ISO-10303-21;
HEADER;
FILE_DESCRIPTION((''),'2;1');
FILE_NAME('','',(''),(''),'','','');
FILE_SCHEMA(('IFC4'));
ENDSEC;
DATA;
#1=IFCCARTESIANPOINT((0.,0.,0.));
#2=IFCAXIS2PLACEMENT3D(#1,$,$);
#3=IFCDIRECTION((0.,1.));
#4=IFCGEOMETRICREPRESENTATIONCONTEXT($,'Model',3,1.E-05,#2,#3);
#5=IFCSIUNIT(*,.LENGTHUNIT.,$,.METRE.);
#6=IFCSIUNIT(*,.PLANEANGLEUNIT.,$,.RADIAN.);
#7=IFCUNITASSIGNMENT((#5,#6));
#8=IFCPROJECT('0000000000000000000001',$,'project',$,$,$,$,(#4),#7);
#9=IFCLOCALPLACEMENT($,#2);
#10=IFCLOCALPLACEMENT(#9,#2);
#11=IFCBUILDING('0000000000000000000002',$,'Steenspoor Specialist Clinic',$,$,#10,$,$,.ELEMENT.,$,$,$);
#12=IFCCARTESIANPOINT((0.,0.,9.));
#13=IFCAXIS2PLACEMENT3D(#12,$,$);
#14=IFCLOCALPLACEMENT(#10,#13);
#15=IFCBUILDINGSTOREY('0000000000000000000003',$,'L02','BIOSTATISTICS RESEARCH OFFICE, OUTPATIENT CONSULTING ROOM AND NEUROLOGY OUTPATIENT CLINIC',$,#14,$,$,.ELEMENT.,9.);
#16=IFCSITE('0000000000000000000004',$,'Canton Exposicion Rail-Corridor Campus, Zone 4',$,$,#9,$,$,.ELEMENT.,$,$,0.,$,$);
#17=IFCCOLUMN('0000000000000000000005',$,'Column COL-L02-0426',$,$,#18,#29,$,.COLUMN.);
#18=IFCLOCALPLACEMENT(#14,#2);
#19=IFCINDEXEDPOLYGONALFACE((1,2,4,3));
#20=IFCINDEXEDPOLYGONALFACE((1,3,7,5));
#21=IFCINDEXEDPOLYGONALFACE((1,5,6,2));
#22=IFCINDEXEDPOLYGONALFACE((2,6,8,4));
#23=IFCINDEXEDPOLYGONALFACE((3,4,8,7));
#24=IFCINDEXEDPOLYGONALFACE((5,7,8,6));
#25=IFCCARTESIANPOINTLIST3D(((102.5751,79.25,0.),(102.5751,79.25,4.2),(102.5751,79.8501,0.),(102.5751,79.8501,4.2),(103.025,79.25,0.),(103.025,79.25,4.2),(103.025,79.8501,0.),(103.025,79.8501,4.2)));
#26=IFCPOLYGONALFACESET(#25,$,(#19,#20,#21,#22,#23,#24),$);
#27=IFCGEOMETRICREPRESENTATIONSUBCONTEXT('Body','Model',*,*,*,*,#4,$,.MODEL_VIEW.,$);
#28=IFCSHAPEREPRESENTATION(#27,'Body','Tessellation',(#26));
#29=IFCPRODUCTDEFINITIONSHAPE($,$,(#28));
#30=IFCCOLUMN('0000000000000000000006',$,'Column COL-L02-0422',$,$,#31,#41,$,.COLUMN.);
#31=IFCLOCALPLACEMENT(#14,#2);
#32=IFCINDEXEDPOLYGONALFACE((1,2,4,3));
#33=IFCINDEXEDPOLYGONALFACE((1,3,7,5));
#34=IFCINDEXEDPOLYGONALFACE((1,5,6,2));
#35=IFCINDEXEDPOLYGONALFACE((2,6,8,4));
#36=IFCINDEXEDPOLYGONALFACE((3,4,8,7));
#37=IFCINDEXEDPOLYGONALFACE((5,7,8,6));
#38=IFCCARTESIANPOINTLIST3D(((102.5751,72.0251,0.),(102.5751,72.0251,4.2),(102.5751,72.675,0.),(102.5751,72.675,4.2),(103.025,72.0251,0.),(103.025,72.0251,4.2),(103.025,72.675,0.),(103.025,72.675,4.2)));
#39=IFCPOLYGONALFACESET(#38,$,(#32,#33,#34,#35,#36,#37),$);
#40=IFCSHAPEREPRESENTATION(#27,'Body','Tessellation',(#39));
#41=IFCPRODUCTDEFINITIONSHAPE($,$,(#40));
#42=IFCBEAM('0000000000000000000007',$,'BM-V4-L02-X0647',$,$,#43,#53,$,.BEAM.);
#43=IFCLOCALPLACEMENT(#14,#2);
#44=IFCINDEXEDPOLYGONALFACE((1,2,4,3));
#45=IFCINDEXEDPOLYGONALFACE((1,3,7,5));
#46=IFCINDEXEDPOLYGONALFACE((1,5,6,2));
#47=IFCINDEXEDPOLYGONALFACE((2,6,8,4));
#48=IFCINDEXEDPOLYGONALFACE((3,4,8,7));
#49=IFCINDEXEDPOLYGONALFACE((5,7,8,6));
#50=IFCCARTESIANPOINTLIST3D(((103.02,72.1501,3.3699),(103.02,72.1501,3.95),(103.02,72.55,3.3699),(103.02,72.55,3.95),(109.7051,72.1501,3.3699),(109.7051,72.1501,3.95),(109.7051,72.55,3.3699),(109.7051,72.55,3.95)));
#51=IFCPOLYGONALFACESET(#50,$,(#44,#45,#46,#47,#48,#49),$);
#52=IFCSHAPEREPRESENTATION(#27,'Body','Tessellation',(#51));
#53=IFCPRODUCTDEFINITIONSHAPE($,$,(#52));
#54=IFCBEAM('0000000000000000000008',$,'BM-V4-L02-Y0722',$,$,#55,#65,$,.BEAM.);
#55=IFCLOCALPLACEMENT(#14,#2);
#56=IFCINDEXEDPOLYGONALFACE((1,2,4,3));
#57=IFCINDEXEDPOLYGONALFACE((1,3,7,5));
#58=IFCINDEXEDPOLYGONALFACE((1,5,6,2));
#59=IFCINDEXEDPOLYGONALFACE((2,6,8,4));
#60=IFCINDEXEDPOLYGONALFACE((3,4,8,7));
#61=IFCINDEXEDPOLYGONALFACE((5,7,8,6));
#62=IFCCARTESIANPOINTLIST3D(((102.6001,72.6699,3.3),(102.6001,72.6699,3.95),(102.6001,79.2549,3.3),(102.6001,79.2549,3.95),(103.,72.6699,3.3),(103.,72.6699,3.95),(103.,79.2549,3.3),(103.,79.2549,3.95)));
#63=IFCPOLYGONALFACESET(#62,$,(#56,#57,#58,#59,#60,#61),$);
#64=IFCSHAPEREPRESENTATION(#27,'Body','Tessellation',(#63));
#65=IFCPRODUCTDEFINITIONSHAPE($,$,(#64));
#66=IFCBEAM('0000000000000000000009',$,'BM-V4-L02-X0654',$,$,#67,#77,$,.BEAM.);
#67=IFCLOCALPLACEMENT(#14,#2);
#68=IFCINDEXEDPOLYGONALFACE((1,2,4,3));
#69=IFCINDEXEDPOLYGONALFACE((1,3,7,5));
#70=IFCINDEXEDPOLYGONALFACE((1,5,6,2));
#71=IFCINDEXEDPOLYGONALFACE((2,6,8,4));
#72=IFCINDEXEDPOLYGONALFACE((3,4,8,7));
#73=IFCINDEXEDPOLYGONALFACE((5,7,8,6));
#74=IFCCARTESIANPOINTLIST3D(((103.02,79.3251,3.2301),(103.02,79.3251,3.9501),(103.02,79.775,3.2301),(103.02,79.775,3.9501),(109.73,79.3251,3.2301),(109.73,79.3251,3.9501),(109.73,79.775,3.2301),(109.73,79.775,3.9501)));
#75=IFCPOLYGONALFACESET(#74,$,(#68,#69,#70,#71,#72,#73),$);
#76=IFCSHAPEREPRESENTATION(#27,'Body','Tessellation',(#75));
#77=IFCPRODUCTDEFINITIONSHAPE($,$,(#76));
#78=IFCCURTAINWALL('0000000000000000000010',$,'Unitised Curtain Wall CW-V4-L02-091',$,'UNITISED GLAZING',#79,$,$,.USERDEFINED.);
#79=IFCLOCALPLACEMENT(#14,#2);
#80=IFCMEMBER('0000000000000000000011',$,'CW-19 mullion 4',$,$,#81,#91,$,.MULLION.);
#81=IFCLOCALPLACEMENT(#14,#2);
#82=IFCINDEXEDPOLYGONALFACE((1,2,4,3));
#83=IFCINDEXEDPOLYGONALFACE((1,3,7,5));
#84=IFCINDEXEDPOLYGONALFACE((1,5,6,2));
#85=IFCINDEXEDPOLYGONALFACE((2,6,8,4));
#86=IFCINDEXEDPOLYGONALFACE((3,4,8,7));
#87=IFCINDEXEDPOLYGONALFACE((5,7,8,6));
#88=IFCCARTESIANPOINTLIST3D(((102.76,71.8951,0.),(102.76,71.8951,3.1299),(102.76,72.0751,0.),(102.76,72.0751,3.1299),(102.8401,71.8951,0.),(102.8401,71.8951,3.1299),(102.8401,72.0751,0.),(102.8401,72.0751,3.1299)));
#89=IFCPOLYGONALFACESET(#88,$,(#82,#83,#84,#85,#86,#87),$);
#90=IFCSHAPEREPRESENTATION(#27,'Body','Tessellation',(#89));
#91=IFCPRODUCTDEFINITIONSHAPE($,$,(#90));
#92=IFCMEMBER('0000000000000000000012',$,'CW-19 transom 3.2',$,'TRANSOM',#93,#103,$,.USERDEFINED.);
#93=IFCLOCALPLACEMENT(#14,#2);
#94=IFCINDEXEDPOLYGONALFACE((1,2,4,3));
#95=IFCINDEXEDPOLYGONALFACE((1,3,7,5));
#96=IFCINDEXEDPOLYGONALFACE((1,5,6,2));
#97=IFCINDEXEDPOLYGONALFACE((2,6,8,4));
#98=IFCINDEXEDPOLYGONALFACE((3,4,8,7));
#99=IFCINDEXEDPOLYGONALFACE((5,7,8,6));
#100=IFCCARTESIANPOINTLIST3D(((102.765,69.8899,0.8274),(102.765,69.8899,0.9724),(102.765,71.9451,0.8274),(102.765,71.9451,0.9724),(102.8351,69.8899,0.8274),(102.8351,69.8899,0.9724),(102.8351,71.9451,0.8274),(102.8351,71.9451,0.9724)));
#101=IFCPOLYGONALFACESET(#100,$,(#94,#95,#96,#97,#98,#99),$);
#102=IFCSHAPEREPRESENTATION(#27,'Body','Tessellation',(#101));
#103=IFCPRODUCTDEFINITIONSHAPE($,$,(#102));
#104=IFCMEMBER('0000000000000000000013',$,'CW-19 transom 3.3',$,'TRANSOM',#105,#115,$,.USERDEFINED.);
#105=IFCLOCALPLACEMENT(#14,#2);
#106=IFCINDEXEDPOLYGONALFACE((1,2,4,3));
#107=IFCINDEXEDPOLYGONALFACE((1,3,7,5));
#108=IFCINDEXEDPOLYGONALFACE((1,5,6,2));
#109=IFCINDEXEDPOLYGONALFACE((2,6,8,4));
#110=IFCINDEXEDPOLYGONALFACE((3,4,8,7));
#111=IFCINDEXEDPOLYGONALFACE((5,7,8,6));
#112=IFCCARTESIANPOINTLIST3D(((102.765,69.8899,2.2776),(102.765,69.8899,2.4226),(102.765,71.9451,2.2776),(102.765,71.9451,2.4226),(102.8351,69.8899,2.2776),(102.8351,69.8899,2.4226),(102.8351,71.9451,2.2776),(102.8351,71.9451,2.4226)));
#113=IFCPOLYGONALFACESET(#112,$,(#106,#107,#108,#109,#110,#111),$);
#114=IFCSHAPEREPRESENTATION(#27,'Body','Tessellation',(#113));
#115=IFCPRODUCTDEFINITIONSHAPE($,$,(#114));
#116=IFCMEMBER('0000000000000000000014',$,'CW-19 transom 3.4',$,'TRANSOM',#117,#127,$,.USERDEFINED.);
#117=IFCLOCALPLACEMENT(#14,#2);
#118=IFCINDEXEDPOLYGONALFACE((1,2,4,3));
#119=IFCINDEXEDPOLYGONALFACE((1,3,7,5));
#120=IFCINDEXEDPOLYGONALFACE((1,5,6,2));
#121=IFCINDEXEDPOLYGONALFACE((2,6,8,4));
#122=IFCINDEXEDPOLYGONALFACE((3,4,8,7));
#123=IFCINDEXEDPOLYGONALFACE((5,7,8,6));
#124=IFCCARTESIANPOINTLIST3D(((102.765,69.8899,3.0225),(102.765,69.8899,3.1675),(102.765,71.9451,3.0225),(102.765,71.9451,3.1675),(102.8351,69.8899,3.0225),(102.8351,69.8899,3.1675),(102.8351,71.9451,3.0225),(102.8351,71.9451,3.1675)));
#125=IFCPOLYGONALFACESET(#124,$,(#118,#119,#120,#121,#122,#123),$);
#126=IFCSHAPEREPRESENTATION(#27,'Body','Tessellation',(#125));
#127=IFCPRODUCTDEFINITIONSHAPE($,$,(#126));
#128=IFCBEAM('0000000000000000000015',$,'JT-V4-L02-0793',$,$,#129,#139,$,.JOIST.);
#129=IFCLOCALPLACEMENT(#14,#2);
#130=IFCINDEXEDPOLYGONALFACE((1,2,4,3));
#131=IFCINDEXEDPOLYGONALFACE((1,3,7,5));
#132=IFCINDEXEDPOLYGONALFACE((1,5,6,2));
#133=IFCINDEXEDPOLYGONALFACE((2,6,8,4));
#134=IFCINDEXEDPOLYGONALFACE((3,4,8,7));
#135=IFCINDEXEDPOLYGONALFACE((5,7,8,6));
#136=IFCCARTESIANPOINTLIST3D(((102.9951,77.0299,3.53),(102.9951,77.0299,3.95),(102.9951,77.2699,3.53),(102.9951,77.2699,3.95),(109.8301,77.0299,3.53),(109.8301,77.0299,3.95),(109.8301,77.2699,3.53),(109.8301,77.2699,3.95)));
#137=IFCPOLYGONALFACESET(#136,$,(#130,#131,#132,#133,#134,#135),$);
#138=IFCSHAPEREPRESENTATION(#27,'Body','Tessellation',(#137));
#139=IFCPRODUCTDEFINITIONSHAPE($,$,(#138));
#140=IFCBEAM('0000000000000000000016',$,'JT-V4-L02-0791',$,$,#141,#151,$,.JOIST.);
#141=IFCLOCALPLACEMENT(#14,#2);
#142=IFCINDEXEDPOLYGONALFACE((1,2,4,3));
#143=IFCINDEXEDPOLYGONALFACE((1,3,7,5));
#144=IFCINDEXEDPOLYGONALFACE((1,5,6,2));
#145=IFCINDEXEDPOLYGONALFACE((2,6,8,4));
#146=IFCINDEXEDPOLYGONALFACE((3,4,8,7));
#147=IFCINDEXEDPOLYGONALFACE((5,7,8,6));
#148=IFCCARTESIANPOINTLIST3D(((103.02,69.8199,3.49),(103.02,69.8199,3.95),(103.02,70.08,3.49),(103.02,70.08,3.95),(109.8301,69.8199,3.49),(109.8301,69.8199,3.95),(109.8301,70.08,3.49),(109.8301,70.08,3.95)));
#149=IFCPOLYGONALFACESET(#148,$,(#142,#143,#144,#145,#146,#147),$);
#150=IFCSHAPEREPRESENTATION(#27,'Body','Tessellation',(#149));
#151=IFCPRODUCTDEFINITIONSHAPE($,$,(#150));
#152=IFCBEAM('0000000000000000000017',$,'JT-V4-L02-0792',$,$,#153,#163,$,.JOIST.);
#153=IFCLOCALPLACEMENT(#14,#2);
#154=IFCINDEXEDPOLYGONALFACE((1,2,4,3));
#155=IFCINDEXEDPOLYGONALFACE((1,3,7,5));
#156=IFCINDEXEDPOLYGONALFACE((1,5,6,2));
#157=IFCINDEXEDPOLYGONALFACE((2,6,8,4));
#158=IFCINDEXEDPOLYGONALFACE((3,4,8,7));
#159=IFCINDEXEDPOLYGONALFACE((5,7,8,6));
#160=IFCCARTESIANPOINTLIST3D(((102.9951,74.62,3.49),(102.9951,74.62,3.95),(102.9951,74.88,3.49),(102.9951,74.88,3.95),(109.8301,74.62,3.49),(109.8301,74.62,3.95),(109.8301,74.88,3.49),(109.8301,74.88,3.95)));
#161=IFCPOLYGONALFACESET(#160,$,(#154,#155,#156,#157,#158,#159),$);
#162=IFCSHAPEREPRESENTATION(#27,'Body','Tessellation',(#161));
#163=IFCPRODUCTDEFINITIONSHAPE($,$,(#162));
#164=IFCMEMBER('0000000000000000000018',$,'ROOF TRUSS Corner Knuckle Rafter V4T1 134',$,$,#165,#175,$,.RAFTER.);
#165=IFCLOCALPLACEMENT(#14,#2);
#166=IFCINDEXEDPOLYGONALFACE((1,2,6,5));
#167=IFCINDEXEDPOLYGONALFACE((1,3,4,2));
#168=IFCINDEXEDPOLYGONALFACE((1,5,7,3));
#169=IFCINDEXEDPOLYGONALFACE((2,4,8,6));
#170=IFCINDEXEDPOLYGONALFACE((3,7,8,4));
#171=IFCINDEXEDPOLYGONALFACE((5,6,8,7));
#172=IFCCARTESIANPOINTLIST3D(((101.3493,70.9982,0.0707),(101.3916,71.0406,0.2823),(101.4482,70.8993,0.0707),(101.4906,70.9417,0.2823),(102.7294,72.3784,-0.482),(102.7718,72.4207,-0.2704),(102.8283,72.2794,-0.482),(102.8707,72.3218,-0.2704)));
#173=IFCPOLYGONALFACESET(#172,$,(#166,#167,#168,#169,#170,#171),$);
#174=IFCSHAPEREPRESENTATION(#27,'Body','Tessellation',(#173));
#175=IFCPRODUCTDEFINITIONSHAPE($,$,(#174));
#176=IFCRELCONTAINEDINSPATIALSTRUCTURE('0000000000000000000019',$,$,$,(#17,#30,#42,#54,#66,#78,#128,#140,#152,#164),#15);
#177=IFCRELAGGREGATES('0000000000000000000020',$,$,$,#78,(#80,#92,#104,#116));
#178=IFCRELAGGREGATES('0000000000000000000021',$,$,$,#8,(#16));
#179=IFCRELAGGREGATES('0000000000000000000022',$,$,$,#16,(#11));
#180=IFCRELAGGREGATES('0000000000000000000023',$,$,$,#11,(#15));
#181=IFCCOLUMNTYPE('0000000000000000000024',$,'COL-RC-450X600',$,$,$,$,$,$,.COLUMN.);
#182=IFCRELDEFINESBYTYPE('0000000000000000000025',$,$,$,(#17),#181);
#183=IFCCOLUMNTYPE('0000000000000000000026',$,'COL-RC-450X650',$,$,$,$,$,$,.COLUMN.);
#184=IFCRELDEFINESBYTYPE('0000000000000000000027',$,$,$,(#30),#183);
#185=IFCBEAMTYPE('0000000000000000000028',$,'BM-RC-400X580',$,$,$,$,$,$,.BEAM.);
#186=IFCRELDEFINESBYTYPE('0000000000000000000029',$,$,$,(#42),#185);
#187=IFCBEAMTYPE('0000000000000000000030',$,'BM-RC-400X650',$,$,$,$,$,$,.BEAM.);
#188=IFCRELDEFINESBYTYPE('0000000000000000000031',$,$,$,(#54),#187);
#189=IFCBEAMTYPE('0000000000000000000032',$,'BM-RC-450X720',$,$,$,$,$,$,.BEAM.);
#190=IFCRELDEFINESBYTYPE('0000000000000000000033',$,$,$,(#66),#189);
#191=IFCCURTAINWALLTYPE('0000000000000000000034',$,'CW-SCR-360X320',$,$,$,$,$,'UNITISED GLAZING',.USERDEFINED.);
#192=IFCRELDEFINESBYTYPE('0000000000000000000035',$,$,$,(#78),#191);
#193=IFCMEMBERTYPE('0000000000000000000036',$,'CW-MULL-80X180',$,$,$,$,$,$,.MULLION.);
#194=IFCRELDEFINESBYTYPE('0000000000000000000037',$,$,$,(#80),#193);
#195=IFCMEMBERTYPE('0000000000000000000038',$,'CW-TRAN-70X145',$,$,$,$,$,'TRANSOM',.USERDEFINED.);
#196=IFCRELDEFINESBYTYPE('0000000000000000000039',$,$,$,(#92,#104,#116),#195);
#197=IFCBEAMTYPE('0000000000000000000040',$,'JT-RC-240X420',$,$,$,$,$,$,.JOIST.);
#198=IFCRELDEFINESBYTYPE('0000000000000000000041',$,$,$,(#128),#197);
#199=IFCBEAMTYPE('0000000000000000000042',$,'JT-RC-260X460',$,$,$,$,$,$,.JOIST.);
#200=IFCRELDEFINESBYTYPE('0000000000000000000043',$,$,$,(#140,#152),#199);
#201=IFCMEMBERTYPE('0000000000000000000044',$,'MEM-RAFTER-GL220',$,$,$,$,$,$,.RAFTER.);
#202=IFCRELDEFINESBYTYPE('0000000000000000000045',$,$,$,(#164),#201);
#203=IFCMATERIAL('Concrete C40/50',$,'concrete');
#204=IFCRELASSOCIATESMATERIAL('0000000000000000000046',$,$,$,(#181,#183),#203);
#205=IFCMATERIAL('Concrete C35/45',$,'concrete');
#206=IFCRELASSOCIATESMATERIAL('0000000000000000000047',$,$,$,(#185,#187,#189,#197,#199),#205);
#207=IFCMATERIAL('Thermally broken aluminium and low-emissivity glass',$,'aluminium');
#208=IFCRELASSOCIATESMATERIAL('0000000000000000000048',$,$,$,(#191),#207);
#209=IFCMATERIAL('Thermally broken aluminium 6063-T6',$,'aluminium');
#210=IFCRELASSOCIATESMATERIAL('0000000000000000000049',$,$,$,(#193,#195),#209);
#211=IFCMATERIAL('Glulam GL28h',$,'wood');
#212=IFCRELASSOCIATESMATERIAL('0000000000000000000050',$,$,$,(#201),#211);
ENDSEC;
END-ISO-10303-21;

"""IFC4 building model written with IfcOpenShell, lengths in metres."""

from ifc_helpers import new_model, si_unit, direction, frame, origin, origin_2d, place, context, subcontext, project, spatial, rectangle, extrude, material, material_profile, profile_set, type_object, element, aggregate, save


model = new_model("IFC4")

# Units and contexts
model_context = context("Model", 3, precision=1e-05, world=origin(), true_north=direction((0.0, 1.0)))
body_context = subcontext(model_context, "Body", "Model", "MODEL_VIEW")
ifc_project = project(units=[si_unit("LENGTHUNIT", "METRE"), si_unit("PLANEANGLEUNIT", "RADIAN")], contexts=[model_context])

# Site, building, storey
site_placement = place(None, origin())
site = spatial("IfcSite", under=ifc_project, at=site_placement, Name="Canton Exposicion Rail-Corridor Campus, Zone 4", CompositionType="ELEMENT", RefElevation=0.0)
building_placement = place(site_placement, origin())
building = spatial("IfcBuilding", under=site, at=building_placement, Name="Steenspoor Specialist Clinic", CompositionType="ELEMENT")
storey_placement = place(building_placement, frame((0.0, 0.0, 9.0)))
storey = spatial("IfcBuildingStorey", under=building, at=storey_placement, Name="L02", Description="BIOSTATISTICS RESEARCH OFFICE, OUTPATIENT CONSULTING ROOM AND NEUROLOGY OUTPATIENT CLINIC", CompositionType="ELEMENT", Elevation=9.0)

# Columns
ifc_material_1 = material(Name="Concrete C40/50", Category="concrete")
ifc_material_profile_1 = material_profile(ifc_material_1, rectangle(XDim=0.45, YDim=0.6001, at=origin_2d()), Name="RC-COL-450X600")
ifc_profile_set_1 = profile_set([ifc_material_profile_1], Name="Concrete C40/50")
column_type_1 = type_object("IfcColumnType", Name="COL-RC-450X600", PredefinedType="COLUMN", material=ifc_profile_set_1)
column_1_placement = place(storey_placement, frame((102.8, 79.55, 0.0), z_axis=(0.0, 0.0, 1.0), x_axis=(1.0, 0.0, 0.0)))
element("IfcColumn", 1, at=column_1_placement, inside=storey, type_object=column_type_1, Name="Column COL-L02-0426", PredefinedType="COLUMN", context=body_context, shape_type="SweptSolid", body=[
    extrude(rectangle(XDim=0.45, YDim=0.6001, at=origin_2d()), origin(), (0.0, 0.0, 1.0), 4.2),
])
ifc_material_profile_2 = material_profile(ifc_material_1, rectangle(XDim=0.45, YDim=0.6499, at=origin_2d()), Name="RC-COL-450X650")
ifc_profile_set_2 = profile_set([ifc_material_profile_2], Name="Concrete C40/50")
column_type_2 = type_object("IfcColumnType", Name="COL-RC-450X650", PredefinedType="COLUMN", material=ifc_profile_set_2)
column_2_placement = place(storey_placement, frame((102.8, 72.3501, 0.0), z_axis=(0.0, 0.0, 1.0), x_axis=(1.0, 0.0, 0.0)))
element("IfcColumn", 2, at=column_2_placement, inside=storey, type_object=column_type_2, Name="Column COL-L02-0422", PredefinedType="COLUMN", context=body_context, shape_type="SweptSolid", body=[
    extrude(rectangle(XDim=0.45, YDim=0.6499, at=origin_2d()), origin(), (0.0, 0.0, 1.0), 4.2),
])

# Beams
ifc_material_2 = material(Name="Concrete C35/45", Category="concrete")
ifc_material_profile_3 = material_profile(ifc_material_2, rectangle(XDim=0.3999, YDim=0.5801, at=origin_2d()), Name="RC-BM-400X580")
ifc_profile_set_3 = profile_set([ifc_material_profile_3], Name="Concrete C35/45")
beam_type_1 = type_object("IfcBeamType", Name="BM-RC-400X580", PredefinedType="BEAM", material=ifc_profile_set_3)
beam_1_placement = place(storey_placement, frame((103.02, 72.3501, 3.6599), z_axis=(1.0, 0.0, 0.0), x_axis=(0.0, 1.0, 0.0)))
element("IfcBeam", 3, at=beam_1_placement, inside=storey, type_object=beam_type_1, Name="BM-V4-L02-X0647", PredefinedType="BEAM", context=body_context, shape_type="SweptSolid", body=[
    extrude(rectangle(XDim=0.3999, YDim=0.5801, at=origin_2d()), origin(), (0.0, 0.0, 1.0), 6.6851),
])
ifc_material_profile_4 = material_profile(ifc_material_2, rectangle(XDim=0.3999, YDim=0.6499, at=origin_2d()), Name="RC-BM-400X650")
ifc_profile_set_4 = profile_set([ifc_material_profile_4], Name="Concrete C35/45")
beam_type_2 = type_object("IfcBeamType", Name="BM-RC-400X650", PredefinedType="BEAM", material=ifc_profile_set_4)
beam_2_placement = place(storey_placement, frame((102.8, 72.6699, 3.625), z_axis=(0.0, 1.0, 0.0), x_axis=(-1.0, 0.0, 0.0)))
element("IfcBeam", 4, at=beam_2_placement, inside=storey, type_object=beam_type_2, Name="BM-V4-L02-Y0722", PredefinedType="BEAM", context=body_context, shape_type="SweptSolid", body=[
    extrude(rectangle(XDim=0.3999, YDim=0.6499, at=origin_2d()), origin(), (0.0, 0.0, 1.0), 6.585),
])
ifc_material_profile_5 = material_profile(ifc_material_2, rectangle(XDim=0.45, YDim=0.72, at=origin_2d()), Name="RC-BM-450X720")
ifc_profile_set_5 = profile_set([ifc_material_profile_5], Name="Concrete C35/45")
beam_type_3 = type_object("IfcBeamType", Name="BM-RC-450X720", PredefinedType="BEAM", material=ifc_profile_set_5)
beam_3_placement = place(storey_placement, frame((103.02, 79.55, 3.5901), z_axis=(1.0, 0.0, 0.0), x_axis=(0.0, 1.0, 0.0)))
element("IfcBeam", 5, at=beam_3_placement, inside=storey, type_object=beam_type_3, Name="BM-V4-L02-X0654", PredefinedType="BEAM", context=body_context, shape_type="SweptSolid", body=[
    extrude(rectangle(XDim=0.45, YDim=0.72, at=origin_2d()), origin(), (0.0, 0.0, 1.0), 6.71),
])

# Curtain wall, members
ifc_material_3 = material(Name="Thermally broken aluminium and low-emissivity glass", Category="aluminium")
curtain_wall_type = type_object("IfcCurtainWallType", Name="CW-SCR-360X320", ElementType="UNITISED GLAZING", PredefinedType="USERDEFINED", material=ifc_material_3)
curtain_wall_placement = place(storey_placement, origin())
curtain_wall = element("IfcCurtainWall", 6, at=curtain_wall_placement, inside=storey, type_object=curtain_wall_type, Name="Unitised Curtain Wall CW-V4-L02-091", ObjectType="UNITISED GLAZING", PredefinedType="USERDEFINED")
ifc_material_4 = material(Name="Thermally broken aluminium 6063-T6", Category="aluminium")
ifc_material_profile_6 = material_profile(ifc_material_4, rectangle(XDim=0.0801, YDim=0.1799, at=origin_2d()), Name="CWM-80X180")
ifc_profile_set_6 = profile_set([ifc_material_profile_6], Name="Thermally broken aluminium 6063-T6")
member_type_1 = type_object("IfcMemberType", Name="CW-MULL-80X180", PredefinedType="MULLION", material=ifc_profile_set_6)
member_1_placement = place(storey_placement, frame((102.8, 71.9851, 0.0), z_axis=(0.0, 0.0, 1.0), x_axis=(-1.0, 0.0, 0.0)))
member_1 = element("IfcMember", 7, at=member_1_placement, type_object=member_type_1, Name="CW-19 mullion 4", PredefinedType="MULLION", context=body_context, shape_type="SweptSolid", body=[
    extrude(rectangle(XDim=0.0801, YDim=0.1799, at=origin_2d()), origin(), (0.0, 0.0, 1.0), 3.1299),
])
ifc_material_profile_7 = material_profile(ifc_material_4, rectangle(XDim=0.0701, YDim=0.145, at=origin_2d()), Name="CWT-70X145")
ifc_profile_set_7 = profile_set([ifc_material_profile_7], Name="Thermally broken aluminium 6063-T6")
member_type_2 = type_object("IfcMemberType", Name="CW-TRAN-70X145", ElementType="TRANSOM", PredefinedType="USERDEFINED", material=ifc_profile_set_7)
member_2_placement = place(storey_placement, frame((102.8, 69.8899, 0.8999), z_axis=(0.0, 1.0, 0.0), x_axis=(-1.0, 0.0, 0.0)))
member_2 = element("IfcMember", 8, at=member_2_placement, type_object=member_type_2, Name="CW-19 transom 3.2", ObjectType="TRANSOM", PredefinedType="USERDEFINED", context=body_context, shape_type="SweptSolid", body=[
    extrude(rectangle(XDim=0.0701, YDim=0.145, at=origin_2d()), origin(), (0.0, 0.0, 1.0), 2.0552),
])
member_3_placement = place(storey_placement, frame((102.8, 69.8899, 2.3501), z_axis=(0.0, 1.0, 0.0), x_axis=(-1.0, 0.0, 0.0)))
member_3 = element("IfcMember", 9, at=member_3_placement, type_object=member_type_2, Name="CW-19 transom 3.3", ObjectType="TRANSOM", PredefinedType="USERDEFINED", context=body_context, shape_type="SweptSolid", body=[
    extrude(rectangle(XDim=0.0701, YDim=0.145, at=origin_2d()), origin(), (0.0, 0.0, 1.0), 2.0552),
])
member_4_placement = place(storey_placement, frame((102.8, 69.8899, 3.095), z_axis=(0.0, 1.0, 0.0), x_axis=(-1.0, 0.0, 0.0)))
member_4 = element("IfcMember", 10, at=member_4_placement, type_object=member_type_2, Name="CW-19 transom 3.4", ObjectType="TRANSOM", PredefinedType="USERDEFINED", context=body_context, shape_type="SweptSolid", body=[
    extrude(rectangle(XDim=0.0701, YDim=0.145, at=origin_2d()), origin(), (0.0, 0.0, 1.0), 2.0552),
])

# Beams
ifc_material_profile_8 = material_profile(ifc_material_2, rectangle(XDim=0.24, YDim=0.4199, at=origin_2d()), Name="RC-JT-240X420")
ifc_profile_set_8 = profile_set([ifc_material_profile_8], Name="Concrete C35/45")
beam_type_4 = type_object("IfcBeamType", Name="JT-RC-240X420", PredefinedType="JOIST", material=ifc_profile_set_8)
beam_4_placement = place(storey_placement, frame((102.9951, 77.1499, 3.74), z_axis=(1.0, 0.0, 0.0), x_axis=(0.0, 1.0, 0.0)))
element("IfcBeam", 11, at=beam_4_placement, inside=storey, type_object=beam_type_4, Name="JT-V4-L02-0793", PredefinedType="JOIST", context=body_context, shape_type="SweptSolid", body=[
    extrude(rectangle(XDim=0.24, YDim=0.4199, at=origin_2d()), origin(), (0.0, 0.0, 1.0), 6.835),
])
ifc_material_profile_9 = material_profile(ifc_material_2, rectangle(XDim=0.26, YDim=0.46, at=origin_2d()), Name="RC-JT-260X460")
ifc_profile_set_9 = profile_set([ifc_material_profile_9], Name="Concrete C35/45")
beam_type_5 = type_object("IfcBeamType", Name="JT-RC-260X460", PredefinedType="JOIST", material=ifc_profile_set_9)
beam_5_placement = place(storey_placement, frame((103.02, 69.95, 3.72), z_axis=(1.0, 0.0, 0.0), x_axis=(0.0, 1.0, 0.0)))
element("IfcBeam", 12, at=beam_5_placement, inside=storey, type_object=beam_type_5, Name="JT-V4-L02-0791", PredefinedType="JOIST", context=body_context, shape_type="SweptSolid", body=[
    extrude(rectangle(XDim=0.26, YDim=0.46, at=origin_2d()), origin(), (0.0, 0.0, 1.0), 6.8101),
])
beam_6_placement = place(storey_placement, frame((102.9951, 74.75, 3.72), z_axis=(1.0, 0.0, 0.0), x_axis=(0.0, 1.0, 0.0)))
element("IfcBeam", 13, at=beam_6_placement, inside=storey, type_object=beam_type_5, Name="JT-V4-L02-0792", PredefinedType="JOIST", context=body_context, shape_type="SweptSolid", body=[
    extrude(rectangle(XDim=0.26, YDim=0.46, at=origin_2d()), origin(), (0.0, 0.0, 1.0), 6.835),
])

# Member
ifc_material_5 = material(Name="Glulam GL28h", Category="wood")
ifc_material_profile_10 = material_profile(ifc_material_5, rectangle(XDim=0.1399, YDim=0.22, at=origin_2d()), Name="GL28H-140X220")
ifc_profile_set_10 = profile_set([ifc_material_profile_10], Name="Glulam GL28h")
member_type_3 = type_object("IfcMemberType", Name="MEM-RAFTER-GL220", PredefinedType="RAFTER", material=ifc_profile_set_10)
member_5_placement = place(storey_placement, frame((102.8, 72.3501, -0.3762), z_axis=(-0.680351, -0.680351, 0.272478), x_axis=(0.707107, -0.707107, 0.0)))
element("IfcMember", 14, at=member_5_placement, inside=storey, type_object=member_type_3, Name="ROOF TRUSS Corner Knuckle Rafter V4T1 134", PredefinedType="RAFTER", context=body_context, shape_type="SweptSolid", body=[
    extrude(rectangle(XDim=0.1399, YDim=0.22, at=origin_2d()), origin(), (0.0, 0.0, 1.0), 2.0286),
])

aggregate(curtain_wall, [member_1, member_2, member_3, member_4])

save(model, "model.ifc")
